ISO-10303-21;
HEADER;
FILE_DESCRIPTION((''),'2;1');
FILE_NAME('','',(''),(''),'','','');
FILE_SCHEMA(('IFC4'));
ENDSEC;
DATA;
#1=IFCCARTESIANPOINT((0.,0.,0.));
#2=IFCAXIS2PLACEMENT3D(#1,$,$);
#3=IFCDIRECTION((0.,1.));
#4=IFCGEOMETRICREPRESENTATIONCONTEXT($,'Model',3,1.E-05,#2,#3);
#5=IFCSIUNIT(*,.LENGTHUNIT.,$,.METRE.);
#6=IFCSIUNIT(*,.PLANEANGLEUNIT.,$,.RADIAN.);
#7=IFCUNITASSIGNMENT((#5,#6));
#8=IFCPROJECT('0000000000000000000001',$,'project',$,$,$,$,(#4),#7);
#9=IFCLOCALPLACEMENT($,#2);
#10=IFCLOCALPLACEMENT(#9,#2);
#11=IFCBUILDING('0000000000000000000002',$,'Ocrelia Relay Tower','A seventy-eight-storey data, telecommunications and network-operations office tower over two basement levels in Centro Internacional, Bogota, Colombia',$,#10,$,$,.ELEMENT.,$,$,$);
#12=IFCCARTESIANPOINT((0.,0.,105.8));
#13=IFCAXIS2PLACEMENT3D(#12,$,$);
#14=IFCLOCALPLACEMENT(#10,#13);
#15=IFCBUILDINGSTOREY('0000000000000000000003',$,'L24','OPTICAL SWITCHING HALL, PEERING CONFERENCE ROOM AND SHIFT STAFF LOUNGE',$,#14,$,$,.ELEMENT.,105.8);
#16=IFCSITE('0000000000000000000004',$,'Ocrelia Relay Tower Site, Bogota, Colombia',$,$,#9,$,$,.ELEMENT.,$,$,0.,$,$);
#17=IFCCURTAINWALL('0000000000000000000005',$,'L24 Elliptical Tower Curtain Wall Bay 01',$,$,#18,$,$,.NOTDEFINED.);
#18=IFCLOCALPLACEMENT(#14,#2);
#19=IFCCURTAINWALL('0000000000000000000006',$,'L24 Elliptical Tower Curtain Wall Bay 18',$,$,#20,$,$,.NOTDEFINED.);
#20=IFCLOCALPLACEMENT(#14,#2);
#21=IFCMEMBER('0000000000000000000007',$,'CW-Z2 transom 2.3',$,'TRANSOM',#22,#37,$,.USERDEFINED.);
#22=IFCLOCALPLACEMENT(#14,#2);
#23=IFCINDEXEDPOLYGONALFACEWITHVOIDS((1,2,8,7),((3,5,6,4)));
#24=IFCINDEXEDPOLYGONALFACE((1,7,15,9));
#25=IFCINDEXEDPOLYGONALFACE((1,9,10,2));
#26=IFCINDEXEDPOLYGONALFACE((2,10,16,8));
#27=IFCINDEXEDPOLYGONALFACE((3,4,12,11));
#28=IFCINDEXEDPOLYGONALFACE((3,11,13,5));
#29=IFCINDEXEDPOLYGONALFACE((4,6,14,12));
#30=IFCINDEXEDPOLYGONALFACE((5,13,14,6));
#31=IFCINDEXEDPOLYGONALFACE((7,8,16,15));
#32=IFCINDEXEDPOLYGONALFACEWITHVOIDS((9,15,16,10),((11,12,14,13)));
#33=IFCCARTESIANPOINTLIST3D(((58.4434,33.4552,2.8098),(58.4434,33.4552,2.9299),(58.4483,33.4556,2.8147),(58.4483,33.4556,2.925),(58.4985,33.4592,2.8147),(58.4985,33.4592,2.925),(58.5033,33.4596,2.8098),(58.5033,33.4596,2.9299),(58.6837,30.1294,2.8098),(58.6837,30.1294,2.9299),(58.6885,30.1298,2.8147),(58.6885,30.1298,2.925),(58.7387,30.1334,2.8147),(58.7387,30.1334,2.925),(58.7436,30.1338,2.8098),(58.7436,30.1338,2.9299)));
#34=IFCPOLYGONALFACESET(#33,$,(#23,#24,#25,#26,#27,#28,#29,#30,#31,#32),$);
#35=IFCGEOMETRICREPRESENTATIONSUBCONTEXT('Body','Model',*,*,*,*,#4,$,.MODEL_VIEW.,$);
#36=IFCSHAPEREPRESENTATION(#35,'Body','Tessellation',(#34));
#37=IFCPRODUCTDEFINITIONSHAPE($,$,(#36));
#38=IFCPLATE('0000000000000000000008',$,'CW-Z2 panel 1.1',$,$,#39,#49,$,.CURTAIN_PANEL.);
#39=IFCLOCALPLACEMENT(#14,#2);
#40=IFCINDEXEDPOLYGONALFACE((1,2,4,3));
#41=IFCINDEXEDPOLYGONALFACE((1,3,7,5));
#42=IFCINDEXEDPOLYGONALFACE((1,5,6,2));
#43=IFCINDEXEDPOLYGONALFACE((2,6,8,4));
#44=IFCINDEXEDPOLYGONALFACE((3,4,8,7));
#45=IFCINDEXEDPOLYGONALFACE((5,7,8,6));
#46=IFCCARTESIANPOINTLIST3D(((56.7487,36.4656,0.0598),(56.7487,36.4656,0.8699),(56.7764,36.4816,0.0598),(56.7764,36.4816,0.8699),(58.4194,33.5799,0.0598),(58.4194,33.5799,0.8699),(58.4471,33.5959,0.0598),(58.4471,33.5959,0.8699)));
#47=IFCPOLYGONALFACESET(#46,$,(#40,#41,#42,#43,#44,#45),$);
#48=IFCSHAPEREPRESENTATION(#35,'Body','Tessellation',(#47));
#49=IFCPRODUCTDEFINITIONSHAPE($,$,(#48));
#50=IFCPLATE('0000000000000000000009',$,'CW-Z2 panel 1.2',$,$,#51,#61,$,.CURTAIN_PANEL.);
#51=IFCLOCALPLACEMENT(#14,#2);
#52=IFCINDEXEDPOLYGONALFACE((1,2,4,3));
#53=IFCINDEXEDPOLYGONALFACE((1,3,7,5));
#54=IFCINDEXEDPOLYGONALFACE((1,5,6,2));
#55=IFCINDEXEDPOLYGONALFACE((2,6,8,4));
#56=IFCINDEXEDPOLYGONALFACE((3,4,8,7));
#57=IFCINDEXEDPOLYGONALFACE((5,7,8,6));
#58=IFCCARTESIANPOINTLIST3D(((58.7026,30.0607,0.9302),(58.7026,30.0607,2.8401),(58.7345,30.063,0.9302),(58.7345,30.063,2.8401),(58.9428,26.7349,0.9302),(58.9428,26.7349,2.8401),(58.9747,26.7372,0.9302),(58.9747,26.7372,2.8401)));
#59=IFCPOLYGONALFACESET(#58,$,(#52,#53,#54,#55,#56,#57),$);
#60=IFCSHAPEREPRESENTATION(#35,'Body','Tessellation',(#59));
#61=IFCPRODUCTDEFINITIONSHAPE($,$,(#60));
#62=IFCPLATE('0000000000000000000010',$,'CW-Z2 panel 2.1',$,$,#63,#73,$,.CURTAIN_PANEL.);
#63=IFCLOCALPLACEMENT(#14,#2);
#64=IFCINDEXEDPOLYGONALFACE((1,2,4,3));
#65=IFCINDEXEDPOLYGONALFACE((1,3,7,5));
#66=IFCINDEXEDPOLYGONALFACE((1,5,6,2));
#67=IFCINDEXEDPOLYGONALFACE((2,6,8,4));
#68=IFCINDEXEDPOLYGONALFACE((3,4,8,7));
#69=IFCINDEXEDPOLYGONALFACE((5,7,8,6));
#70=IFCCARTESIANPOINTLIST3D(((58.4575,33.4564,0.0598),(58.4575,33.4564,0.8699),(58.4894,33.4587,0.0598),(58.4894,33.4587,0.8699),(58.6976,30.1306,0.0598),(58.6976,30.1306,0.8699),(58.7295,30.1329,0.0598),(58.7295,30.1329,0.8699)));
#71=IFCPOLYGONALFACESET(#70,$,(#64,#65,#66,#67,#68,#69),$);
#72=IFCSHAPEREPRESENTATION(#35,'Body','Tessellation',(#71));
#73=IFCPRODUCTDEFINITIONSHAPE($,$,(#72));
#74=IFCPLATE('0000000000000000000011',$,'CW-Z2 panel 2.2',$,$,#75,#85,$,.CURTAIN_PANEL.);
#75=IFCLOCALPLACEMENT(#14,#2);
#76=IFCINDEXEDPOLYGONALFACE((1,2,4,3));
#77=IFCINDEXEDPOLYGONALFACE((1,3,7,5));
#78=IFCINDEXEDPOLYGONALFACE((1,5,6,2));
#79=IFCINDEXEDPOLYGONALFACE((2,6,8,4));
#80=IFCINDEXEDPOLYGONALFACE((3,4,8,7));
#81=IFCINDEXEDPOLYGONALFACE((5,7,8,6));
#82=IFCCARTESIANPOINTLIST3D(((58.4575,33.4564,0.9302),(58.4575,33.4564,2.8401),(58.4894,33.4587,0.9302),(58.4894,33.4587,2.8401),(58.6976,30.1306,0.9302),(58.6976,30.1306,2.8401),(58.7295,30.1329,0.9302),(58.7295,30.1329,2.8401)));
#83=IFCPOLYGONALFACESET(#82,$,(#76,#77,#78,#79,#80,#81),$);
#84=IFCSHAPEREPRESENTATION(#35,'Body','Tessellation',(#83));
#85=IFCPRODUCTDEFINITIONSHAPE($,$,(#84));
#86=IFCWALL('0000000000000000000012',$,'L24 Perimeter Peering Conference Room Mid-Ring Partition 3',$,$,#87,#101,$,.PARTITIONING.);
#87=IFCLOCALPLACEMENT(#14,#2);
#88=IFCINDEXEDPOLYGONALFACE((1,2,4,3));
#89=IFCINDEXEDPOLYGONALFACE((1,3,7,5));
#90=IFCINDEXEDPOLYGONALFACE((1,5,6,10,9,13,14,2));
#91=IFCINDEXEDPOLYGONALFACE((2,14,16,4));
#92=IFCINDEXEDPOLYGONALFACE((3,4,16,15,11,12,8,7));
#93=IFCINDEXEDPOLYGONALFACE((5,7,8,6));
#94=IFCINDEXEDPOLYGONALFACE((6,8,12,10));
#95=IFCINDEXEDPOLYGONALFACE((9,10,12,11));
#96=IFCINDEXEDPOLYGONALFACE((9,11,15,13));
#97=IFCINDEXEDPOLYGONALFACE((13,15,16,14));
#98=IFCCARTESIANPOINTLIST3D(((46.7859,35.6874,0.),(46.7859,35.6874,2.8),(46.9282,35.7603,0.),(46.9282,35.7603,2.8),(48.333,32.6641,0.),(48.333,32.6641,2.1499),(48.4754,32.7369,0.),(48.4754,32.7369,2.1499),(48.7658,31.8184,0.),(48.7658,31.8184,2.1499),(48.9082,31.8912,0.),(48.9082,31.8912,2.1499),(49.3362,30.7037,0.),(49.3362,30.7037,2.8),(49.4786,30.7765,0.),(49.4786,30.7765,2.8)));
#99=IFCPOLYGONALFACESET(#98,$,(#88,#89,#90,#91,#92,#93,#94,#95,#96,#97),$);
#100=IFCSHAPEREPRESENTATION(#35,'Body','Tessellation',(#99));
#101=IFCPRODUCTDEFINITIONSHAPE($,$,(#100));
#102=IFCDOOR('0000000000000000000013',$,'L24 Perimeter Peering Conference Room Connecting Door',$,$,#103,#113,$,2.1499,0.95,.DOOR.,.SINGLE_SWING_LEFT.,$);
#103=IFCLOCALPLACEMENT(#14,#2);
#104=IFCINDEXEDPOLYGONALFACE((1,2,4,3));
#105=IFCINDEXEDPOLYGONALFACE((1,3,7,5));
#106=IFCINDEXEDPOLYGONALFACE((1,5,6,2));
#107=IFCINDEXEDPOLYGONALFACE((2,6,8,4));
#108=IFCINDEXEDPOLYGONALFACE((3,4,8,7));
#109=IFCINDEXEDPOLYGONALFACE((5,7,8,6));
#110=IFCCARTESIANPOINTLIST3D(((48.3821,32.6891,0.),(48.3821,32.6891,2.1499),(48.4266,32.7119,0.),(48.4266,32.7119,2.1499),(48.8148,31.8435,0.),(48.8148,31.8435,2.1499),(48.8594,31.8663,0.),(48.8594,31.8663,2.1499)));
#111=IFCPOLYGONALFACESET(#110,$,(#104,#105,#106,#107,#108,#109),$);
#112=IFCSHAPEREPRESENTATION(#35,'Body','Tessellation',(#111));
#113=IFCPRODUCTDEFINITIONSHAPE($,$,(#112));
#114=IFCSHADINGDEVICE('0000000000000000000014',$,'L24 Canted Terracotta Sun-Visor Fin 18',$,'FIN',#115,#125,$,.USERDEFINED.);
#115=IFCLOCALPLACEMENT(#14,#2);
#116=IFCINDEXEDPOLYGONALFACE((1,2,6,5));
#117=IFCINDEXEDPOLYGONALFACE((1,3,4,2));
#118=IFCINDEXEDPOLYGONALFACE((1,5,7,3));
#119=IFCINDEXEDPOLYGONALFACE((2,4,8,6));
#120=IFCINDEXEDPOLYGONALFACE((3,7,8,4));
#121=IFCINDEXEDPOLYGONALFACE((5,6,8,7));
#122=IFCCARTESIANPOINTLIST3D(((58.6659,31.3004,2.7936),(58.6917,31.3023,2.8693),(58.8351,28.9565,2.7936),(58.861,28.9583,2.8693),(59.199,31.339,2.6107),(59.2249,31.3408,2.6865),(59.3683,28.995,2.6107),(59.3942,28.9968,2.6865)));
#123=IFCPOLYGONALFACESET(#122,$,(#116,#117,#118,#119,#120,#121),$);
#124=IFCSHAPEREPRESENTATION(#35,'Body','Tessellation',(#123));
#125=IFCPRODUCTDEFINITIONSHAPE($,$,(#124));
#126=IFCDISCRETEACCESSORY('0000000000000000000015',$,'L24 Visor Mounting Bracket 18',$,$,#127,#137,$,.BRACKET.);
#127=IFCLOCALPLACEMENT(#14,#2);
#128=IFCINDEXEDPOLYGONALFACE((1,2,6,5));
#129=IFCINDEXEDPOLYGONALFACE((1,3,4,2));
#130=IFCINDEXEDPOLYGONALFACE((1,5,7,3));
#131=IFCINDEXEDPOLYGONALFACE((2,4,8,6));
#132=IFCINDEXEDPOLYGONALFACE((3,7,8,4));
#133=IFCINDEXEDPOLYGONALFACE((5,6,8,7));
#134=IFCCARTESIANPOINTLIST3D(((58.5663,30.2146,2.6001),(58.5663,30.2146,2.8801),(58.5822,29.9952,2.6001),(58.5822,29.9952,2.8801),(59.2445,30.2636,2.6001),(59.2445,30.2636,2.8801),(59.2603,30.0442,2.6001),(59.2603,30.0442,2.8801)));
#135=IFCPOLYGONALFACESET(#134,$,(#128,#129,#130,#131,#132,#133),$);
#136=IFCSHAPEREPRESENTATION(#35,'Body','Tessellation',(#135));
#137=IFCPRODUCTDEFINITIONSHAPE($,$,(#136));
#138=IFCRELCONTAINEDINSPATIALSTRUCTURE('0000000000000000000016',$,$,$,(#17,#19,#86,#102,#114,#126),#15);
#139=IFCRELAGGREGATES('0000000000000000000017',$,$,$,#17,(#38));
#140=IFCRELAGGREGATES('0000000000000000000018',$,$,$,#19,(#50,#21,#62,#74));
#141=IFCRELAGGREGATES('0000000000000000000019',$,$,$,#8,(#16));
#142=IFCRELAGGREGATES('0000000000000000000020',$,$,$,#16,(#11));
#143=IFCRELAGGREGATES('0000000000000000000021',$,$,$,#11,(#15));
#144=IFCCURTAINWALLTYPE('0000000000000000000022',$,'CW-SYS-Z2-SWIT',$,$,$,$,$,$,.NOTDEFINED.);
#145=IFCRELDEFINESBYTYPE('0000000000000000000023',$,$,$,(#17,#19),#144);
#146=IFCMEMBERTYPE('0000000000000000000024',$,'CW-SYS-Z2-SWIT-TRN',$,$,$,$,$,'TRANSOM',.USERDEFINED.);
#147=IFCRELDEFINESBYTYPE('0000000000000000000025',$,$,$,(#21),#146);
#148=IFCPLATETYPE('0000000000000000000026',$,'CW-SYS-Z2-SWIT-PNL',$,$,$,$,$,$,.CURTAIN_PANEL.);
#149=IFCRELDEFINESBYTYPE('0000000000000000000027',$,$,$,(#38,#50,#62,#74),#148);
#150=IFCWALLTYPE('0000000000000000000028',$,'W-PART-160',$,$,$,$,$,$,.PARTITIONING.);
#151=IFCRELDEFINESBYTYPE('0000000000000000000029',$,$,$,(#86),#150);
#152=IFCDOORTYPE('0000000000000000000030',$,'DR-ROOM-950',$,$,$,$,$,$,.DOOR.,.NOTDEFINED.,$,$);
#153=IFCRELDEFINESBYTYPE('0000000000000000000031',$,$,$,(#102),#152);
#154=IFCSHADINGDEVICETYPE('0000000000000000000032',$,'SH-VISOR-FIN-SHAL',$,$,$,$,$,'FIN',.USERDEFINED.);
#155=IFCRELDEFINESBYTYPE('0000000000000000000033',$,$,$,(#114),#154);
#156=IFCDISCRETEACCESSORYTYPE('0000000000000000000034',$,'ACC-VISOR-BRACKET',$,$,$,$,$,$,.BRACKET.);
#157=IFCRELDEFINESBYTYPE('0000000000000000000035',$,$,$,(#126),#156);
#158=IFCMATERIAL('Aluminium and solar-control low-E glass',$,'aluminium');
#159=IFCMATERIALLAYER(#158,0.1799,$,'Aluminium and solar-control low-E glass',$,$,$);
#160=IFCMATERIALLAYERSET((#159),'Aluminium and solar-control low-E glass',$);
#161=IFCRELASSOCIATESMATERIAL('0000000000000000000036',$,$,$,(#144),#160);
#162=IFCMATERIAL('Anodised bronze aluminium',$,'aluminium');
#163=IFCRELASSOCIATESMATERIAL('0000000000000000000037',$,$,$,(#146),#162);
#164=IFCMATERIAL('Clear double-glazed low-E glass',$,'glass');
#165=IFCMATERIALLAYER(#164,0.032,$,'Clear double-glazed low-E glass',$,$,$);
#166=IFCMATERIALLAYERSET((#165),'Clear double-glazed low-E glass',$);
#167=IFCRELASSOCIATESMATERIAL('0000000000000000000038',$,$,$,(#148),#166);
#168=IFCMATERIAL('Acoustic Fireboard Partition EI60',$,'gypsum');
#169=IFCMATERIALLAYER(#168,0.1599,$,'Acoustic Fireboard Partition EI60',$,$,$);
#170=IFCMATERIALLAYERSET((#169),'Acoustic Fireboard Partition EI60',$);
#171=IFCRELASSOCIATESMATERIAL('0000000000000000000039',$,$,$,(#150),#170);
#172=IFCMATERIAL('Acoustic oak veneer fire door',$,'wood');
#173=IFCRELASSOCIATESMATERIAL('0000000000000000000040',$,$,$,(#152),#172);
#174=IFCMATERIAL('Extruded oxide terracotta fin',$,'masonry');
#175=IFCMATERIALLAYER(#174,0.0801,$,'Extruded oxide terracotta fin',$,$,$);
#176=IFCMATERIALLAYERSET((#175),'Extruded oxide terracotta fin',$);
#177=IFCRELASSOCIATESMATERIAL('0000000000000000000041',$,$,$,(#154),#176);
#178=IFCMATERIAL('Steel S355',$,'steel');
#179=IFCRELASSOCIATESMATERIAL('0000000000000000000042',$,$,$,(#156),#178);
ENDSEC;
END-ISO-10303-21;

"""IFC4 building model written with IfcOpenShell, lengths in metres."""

from ifc_helpers import new_model, si_unit, direction, frame, frame_2d, origin, origin_2d, place, context, subcontext, project, spatial, rectangle, hollow_rectangle, extrude, material, layer, layer_set, material_profile, profile_set, type_object, element, fill, aggregate, save


model = new_model("IFC4")

# Units and contexts
model_context = context("Model", 3, precision=1e-05, world=origin(), true_north=direction((0.0, 1.0)))
body_context = subcontext(model_context, "Body", "Model", "MODEL_VIEW")
ifc_project = project(units=[si_unit("LENGTHUNIT", "METRE"), si_unit("PLANEANGLEUNIT", "RADIAN")], contexts=[model_context])

# Site, building, storey
site_placement = place(None, origin())
site = spatial("IfcSite", under=ifc_project, at=site_placement, Name="Ocrelia Relay Tower Site, Bogota, Colombia", CompositionType="ELEMENT", RefElevation=0.0)
building_placement = place(site_placement, origin())
building = spatial("IfcBuilding", under=site, at=building_placement, Name="Ocrelia Relay Tower", Description="A seventy-eight-storey data, telecommunications and network-operations office tower over two basement levels in Centro Internacional, Bogota, Colombia", CompositionType="ELEMENT")
storey_placement = place(building_placement, frame((0.0, 0.0, 105.8)))
storey = spatial("IfcBuildingStorey", under=building, at=storey_placement, Name="L24", Description="OPTICAL SWITCHING HALL, PEERING CONFERENCE ROOM AND SHIFT STAFF LOUNGE", CompositionType="ELEMENT", Elevation=105.8)

# Shared definitions
ifc_material_1 = material(Name="Steel S355", Category="steel")

# Curtain wall
ifc_material_2 = material(Name="Aluminium and solar-control low-E glass", Category="aluminium")
ifc_layer_1 = layer(ifc_material_2, 0.1799, Name="Aluminium and solar-control low-E glass")
ifc_layer_set_1 = layer_set([ifc_layer_1], Name="Aluminium and solar-control low-E glass")
curtain_wall_type = type_object("IfcCurtainWallType", Name="CW-SYS-Z2-SWIT", PredefinedType="NOTDEFINED", material=ifc_layer_set_1)
curtain_wall_1_placement = place(storey_placement, origin())
curtain_wall_1 = element("IfcCurtainWall", 1, at=curtain_wall_1_placement, inside=storey, type_object=curtain_wall_type, Name="L24 Elliptical Tower Curtain Wall Bay 01", PredefinedType="NOTDEFINED")
ifc_material_3 = material(Name="Anodised bronze aluminium", Category="aluminium")

# Curtain wall
curtain_wall_2_placement = place(storey_placement, origin())
curtain_wall_2 = element("IfcCurtainWall", 2, at=curtain_wall_2_placement, inside=storey, type_object=curtain_wall_type, Name="L24 Elliptical Tower Curtain Wall Bay 18", PredefinedType="NOTDEFINED")

# Member
ifc_material_profile_1 = material_profile(ifc_material_3, hollow_rectangle(XDim=0.0601, YDim=0.1201, WallThickness=0.0049, at=origin_2d()), Name="CW-TRN-120x60")
ifc_profile_set_1 = profile_set([ifc_material_profile_1], Name="Anodised bronze aluminium")
member_type_1 = type_object("IfcMemberType", Name="CW-SYS-Z2-SWIT-TRN", ElementType="TRANSOM", PredefinedType="USERDEFINED", material=ifc_profile_set_1)
member_1_placement = place(storey_placement, frame((58.7136, 30.1316, 2.8699), z_axis=(-0.072043, 0.997402, 0.0), x_axis=(-0.997402, -0.072043, 0.0)))
member_1 = element("IfcMember", 3, at=member_1_placement, type_object=member_type_1, Name="CW-Z2 transom 2.3", ObjectType="TRANSOM", PredefinedType="USERDEFINED", context=body_context, shape_type="SweptSolid", body=[
    extrude(hollow_rectangle(XDim=0.0601, YDim=0.1201, WallThickness=0.0049, at=origin_2d()), origin(), (0.0, 0.0, 1.0), 3.3345),
])

# Plates
ifc_material_4 = material(Name="Clear double-glazed low-E glass", Category="glass")
ifc_layer_2 = layer(ifc_material_4, 0.032, Name="Clear double-glazed low-E glass")
ifc_layer_set_2 = layer_set([ifc_layer_2], Name="Clear double-glazed low-E glass")
plate_type = type_object("IfcPlateType", Name="CW-SYS-Z2-SWIT-PNL", PredefinedType="CURTAIN_PANEL", material=ifc_layer_set_2)
plate_1_placement = place(storey_placement, frame((57.5979, 35.0308, 0.0598), z_axis=(0.0, 0.0, 1.0), x_axis=(-0.501042, 0.865423, 0.0)))
plate_1 = element("IfcPlate", 4, at=plate_1_placement, type_object=plate_type, Name="CW-Z2 panel 1.1", PredefinedType="CURTAIN_PANEL", context=body_context, shape_type="SweptSolid", body=[
    extrude(rectangle(XDim=3.3345, YDim=0.032, at=origin_2d()), origin(), (0.0, 0.0, 1.0), 0.8101),
])
aggregate(curtain_wall_1, [plate_1])
plate_2_placement = place(storey_placement, frame((58.8386, 28.3989, 0.9302), z_axis=(0.0, 0.0, 1.0), x_axis=(-0.07203, 0.997402, 0.0)))
plate_2 = element("IfcPlate", 5, at=plate_2_placement, type_object=plate_type, Name="CW-Z2 panel 1.2", PredefinedType="CURTAIN_PANEL", context=body_context, shape_type="SweptSolid", body=[
    extrude(rectangle(XDim=3.3345, YDim=0.032, at=origin_2d()), origin(), (0.0, 0.0, 1.0), 1.9099),
])
plate_3_placement = place(storey_placement, frame((58.5935, 31.7947, 0.0598), z_axis=(0.0, 0.0, 1.0), x_axis=(-0.07203, 0.997402, 0.0)))
plate_3 = element("IfcPlate", 6, at=plate_3_placement, type_object=plate_type, Name="CW-Z2 panel 2.1", PredefinedType="CURTAIN_PANEL", context=body_context, shape_type="SweptSolid", body=[
    extrude(rectangle(XDim=3.3345, YDim=0.032, at=origin_2d()), origin(), (0.0, 0.0, 1.0), 0.8101),
])
plate_4_placement = place(storey_placement, frame((58.5935, 31.7947, 0.9302), z_axis=(0.0, 0.0, 1.0), x_axis=(-0.07203, 0.997402, 0.0)))
plate_4 = element("IfcPlate", 7, at=plate_4_placement, type_object=plate_type, Name="CW-Z2 panel 2.2", PredefinedType="CURTAIN_PANEL", context=body_context, shape_type="SweptSolid", body=[
    extrude(rectangle(XDim=3.3345, YDim=0.032, at=origin_2d()), origin(), (0.0, 0.0, 1.0), 1.9099),
])
aggregate(curtain_wall_2, [plate_2, member_1, plate_3, plate_4])

# Wall, opening, door
ifc_material_5 = material(Name="Acoustic Fireboard Partition EI60", Category="gypsum")
ifc_layer_3 = layer(ifc_material_5, 0.1599, Name="Acoustic Fireboard Partition EI60")
ifc_layer_set_3 = layer_set([ifc_layer_3], Name="Acoustic Fireboard Partition EI60")
wall_type = type_object("IfcWallType", Name="W-PART-160", PredefinedType="PARTITIONING", material=ifc_layer_set_3)
wall_placement = place(storey_placement, frame((49.4075, 30.74, 0.0), z_axis=(0.0, 0.0, 1.0), x_axis=(-0.45555, 0.89021, 0.0)))
wall = element("IfcWall", 8, at=wall_placement, inside=storey, type_object=wall_type, Name="L24 Perimeter Peering Conference Room Mid-Ring Partition 3", PredefinedType="PARTITIONING", context=body_context, shape_type="SweptSolid", body=[
    extrude(rectangle(XDim=5.5984, YDim=0.1599, at=frame_2d((2.7993, 0.0))), origin(), (0.0, 0.0, 1.0), 2.8),
])
opening_placement = place(wall_placement, frame((1.2522, 0.0, 0.0)))
opening = element("IfcOpeningElement", 9, at=opening_placement, cuts=wall, PredefinedType="OPENING", context=body_context, shape_type="SweptSolid", body=[
    extrude(rectangle(XDim=0.95, YDim=2.1499, at=frame_2d((0.4751, 1.075))), frame((0.0, 0.0898, 0.0), z_axis=(0.0, -1.0, 0.0), x_axis=(1.0, 0.0, 0.0)), (0.0, 0.0, 1.0), 0.1799),
])
ifc_material_6 = material(Name="Acoustic oak veneer fire door", Category="wood")
door_type = type_object("IfcDoorType", Name="DR-ROOM-950", OperationType="NOTDEFINED", PredefinedType="DOOR", material=ifc_material_6)
door_placement = place(opening_placement, origin())
door = element("IfcDoor", 10, at=door_placement, inside=storey, type_object=door_type, Name="L24 Perimeter Peering Conference Room Connecting Door", OperationType="SINGLE_SWING_LEFT", OverallHeight=2.1499, OverallWidth=0.95, PredefinedType="DOOR", context=body_context, shape_type="SweptSolid", body=[
    extrude(rectangle(XDim=0.95, YDim=2.1499, at=frame_2d((0.4751, 1.075))), frame((0.0, 0.0249, 0.0), z_axis=(0.0, -1.0, 0.0), x_axis=(1.0, 0.0, 0.0)), (0.0, 0.0, 1.0), 0.05),
])
fill(opening, door)

# Shading device
ifc_material_7 = material(Name="Extruded oxide terracotta fin", Category="masonry")
ifc_layer_4 = layer(ifc_material_7, 0.0801, Name="Extruded oxide terracotta fin")
ifc_layer_set_4 = layer_set([ifc_layer_4], Name="Extruded oxide terracotta fin")
shading_device_type = type_object("IfcShadingDeviceType", Name="SH-VISOR-FIN-SHAL", ElementType="FIN", PredefinedType="USERDEFINED", material=ifc_layer_set_4)
shading_device_placement = place(storey_placement, frame((59.0171, 30.1477, 2.7021), z_axis=(0.322747, 0.023308, 0.946198), x_axis=(-0.07203, 0.997402, 0.0)))
element("IfcShadingDevice", 11, at=shading_device_placement, inside=storey, type_object=shading_device_type, Name="L24 Canted Terracotta Sun-Visor Fin 18", ObjectType="FIN", PredefinedType="USERDEFINED", context=body_context, shape_type="SweptSolid", body=[
    extrude(rectangle(XDim=2.3501, YDim=0.5649, at=origin_2d()), origin(), (0.0, 0.0, 1.0), 0.0801),
])

# Discrete accessory
discrete_accessory_type = type_object("IfcDiscreteAccessoryType", Name="ACC-VISOR-BRACKET", PredefinedType="BRACKET", material=ifc_material_1)
discrete_accessory_placement = place(storey_placement, frame((58.9133, 30.1294, 2.6001), z_axis=(0.0, 0.0, 1.0), x_axis=(-0.07203, 0.997402, 0.0)))
element("IfcDiscreteAccessory", 12, at=discrete_accessory_placement, inside=storey, type_object=discrete_accessory_type, Name="L24 Visor Mounting Bracket 18", PredefinedType="BRACKET", context=body_context, shape_type="SweptSolid", body=[
    extrude(rectangle(XDim=0.22, YDim=0.6799, at=origin_2d()), origin(), (0.0, 0.0, 1.0), 0.28),
])

save(model, "model.ifc")
